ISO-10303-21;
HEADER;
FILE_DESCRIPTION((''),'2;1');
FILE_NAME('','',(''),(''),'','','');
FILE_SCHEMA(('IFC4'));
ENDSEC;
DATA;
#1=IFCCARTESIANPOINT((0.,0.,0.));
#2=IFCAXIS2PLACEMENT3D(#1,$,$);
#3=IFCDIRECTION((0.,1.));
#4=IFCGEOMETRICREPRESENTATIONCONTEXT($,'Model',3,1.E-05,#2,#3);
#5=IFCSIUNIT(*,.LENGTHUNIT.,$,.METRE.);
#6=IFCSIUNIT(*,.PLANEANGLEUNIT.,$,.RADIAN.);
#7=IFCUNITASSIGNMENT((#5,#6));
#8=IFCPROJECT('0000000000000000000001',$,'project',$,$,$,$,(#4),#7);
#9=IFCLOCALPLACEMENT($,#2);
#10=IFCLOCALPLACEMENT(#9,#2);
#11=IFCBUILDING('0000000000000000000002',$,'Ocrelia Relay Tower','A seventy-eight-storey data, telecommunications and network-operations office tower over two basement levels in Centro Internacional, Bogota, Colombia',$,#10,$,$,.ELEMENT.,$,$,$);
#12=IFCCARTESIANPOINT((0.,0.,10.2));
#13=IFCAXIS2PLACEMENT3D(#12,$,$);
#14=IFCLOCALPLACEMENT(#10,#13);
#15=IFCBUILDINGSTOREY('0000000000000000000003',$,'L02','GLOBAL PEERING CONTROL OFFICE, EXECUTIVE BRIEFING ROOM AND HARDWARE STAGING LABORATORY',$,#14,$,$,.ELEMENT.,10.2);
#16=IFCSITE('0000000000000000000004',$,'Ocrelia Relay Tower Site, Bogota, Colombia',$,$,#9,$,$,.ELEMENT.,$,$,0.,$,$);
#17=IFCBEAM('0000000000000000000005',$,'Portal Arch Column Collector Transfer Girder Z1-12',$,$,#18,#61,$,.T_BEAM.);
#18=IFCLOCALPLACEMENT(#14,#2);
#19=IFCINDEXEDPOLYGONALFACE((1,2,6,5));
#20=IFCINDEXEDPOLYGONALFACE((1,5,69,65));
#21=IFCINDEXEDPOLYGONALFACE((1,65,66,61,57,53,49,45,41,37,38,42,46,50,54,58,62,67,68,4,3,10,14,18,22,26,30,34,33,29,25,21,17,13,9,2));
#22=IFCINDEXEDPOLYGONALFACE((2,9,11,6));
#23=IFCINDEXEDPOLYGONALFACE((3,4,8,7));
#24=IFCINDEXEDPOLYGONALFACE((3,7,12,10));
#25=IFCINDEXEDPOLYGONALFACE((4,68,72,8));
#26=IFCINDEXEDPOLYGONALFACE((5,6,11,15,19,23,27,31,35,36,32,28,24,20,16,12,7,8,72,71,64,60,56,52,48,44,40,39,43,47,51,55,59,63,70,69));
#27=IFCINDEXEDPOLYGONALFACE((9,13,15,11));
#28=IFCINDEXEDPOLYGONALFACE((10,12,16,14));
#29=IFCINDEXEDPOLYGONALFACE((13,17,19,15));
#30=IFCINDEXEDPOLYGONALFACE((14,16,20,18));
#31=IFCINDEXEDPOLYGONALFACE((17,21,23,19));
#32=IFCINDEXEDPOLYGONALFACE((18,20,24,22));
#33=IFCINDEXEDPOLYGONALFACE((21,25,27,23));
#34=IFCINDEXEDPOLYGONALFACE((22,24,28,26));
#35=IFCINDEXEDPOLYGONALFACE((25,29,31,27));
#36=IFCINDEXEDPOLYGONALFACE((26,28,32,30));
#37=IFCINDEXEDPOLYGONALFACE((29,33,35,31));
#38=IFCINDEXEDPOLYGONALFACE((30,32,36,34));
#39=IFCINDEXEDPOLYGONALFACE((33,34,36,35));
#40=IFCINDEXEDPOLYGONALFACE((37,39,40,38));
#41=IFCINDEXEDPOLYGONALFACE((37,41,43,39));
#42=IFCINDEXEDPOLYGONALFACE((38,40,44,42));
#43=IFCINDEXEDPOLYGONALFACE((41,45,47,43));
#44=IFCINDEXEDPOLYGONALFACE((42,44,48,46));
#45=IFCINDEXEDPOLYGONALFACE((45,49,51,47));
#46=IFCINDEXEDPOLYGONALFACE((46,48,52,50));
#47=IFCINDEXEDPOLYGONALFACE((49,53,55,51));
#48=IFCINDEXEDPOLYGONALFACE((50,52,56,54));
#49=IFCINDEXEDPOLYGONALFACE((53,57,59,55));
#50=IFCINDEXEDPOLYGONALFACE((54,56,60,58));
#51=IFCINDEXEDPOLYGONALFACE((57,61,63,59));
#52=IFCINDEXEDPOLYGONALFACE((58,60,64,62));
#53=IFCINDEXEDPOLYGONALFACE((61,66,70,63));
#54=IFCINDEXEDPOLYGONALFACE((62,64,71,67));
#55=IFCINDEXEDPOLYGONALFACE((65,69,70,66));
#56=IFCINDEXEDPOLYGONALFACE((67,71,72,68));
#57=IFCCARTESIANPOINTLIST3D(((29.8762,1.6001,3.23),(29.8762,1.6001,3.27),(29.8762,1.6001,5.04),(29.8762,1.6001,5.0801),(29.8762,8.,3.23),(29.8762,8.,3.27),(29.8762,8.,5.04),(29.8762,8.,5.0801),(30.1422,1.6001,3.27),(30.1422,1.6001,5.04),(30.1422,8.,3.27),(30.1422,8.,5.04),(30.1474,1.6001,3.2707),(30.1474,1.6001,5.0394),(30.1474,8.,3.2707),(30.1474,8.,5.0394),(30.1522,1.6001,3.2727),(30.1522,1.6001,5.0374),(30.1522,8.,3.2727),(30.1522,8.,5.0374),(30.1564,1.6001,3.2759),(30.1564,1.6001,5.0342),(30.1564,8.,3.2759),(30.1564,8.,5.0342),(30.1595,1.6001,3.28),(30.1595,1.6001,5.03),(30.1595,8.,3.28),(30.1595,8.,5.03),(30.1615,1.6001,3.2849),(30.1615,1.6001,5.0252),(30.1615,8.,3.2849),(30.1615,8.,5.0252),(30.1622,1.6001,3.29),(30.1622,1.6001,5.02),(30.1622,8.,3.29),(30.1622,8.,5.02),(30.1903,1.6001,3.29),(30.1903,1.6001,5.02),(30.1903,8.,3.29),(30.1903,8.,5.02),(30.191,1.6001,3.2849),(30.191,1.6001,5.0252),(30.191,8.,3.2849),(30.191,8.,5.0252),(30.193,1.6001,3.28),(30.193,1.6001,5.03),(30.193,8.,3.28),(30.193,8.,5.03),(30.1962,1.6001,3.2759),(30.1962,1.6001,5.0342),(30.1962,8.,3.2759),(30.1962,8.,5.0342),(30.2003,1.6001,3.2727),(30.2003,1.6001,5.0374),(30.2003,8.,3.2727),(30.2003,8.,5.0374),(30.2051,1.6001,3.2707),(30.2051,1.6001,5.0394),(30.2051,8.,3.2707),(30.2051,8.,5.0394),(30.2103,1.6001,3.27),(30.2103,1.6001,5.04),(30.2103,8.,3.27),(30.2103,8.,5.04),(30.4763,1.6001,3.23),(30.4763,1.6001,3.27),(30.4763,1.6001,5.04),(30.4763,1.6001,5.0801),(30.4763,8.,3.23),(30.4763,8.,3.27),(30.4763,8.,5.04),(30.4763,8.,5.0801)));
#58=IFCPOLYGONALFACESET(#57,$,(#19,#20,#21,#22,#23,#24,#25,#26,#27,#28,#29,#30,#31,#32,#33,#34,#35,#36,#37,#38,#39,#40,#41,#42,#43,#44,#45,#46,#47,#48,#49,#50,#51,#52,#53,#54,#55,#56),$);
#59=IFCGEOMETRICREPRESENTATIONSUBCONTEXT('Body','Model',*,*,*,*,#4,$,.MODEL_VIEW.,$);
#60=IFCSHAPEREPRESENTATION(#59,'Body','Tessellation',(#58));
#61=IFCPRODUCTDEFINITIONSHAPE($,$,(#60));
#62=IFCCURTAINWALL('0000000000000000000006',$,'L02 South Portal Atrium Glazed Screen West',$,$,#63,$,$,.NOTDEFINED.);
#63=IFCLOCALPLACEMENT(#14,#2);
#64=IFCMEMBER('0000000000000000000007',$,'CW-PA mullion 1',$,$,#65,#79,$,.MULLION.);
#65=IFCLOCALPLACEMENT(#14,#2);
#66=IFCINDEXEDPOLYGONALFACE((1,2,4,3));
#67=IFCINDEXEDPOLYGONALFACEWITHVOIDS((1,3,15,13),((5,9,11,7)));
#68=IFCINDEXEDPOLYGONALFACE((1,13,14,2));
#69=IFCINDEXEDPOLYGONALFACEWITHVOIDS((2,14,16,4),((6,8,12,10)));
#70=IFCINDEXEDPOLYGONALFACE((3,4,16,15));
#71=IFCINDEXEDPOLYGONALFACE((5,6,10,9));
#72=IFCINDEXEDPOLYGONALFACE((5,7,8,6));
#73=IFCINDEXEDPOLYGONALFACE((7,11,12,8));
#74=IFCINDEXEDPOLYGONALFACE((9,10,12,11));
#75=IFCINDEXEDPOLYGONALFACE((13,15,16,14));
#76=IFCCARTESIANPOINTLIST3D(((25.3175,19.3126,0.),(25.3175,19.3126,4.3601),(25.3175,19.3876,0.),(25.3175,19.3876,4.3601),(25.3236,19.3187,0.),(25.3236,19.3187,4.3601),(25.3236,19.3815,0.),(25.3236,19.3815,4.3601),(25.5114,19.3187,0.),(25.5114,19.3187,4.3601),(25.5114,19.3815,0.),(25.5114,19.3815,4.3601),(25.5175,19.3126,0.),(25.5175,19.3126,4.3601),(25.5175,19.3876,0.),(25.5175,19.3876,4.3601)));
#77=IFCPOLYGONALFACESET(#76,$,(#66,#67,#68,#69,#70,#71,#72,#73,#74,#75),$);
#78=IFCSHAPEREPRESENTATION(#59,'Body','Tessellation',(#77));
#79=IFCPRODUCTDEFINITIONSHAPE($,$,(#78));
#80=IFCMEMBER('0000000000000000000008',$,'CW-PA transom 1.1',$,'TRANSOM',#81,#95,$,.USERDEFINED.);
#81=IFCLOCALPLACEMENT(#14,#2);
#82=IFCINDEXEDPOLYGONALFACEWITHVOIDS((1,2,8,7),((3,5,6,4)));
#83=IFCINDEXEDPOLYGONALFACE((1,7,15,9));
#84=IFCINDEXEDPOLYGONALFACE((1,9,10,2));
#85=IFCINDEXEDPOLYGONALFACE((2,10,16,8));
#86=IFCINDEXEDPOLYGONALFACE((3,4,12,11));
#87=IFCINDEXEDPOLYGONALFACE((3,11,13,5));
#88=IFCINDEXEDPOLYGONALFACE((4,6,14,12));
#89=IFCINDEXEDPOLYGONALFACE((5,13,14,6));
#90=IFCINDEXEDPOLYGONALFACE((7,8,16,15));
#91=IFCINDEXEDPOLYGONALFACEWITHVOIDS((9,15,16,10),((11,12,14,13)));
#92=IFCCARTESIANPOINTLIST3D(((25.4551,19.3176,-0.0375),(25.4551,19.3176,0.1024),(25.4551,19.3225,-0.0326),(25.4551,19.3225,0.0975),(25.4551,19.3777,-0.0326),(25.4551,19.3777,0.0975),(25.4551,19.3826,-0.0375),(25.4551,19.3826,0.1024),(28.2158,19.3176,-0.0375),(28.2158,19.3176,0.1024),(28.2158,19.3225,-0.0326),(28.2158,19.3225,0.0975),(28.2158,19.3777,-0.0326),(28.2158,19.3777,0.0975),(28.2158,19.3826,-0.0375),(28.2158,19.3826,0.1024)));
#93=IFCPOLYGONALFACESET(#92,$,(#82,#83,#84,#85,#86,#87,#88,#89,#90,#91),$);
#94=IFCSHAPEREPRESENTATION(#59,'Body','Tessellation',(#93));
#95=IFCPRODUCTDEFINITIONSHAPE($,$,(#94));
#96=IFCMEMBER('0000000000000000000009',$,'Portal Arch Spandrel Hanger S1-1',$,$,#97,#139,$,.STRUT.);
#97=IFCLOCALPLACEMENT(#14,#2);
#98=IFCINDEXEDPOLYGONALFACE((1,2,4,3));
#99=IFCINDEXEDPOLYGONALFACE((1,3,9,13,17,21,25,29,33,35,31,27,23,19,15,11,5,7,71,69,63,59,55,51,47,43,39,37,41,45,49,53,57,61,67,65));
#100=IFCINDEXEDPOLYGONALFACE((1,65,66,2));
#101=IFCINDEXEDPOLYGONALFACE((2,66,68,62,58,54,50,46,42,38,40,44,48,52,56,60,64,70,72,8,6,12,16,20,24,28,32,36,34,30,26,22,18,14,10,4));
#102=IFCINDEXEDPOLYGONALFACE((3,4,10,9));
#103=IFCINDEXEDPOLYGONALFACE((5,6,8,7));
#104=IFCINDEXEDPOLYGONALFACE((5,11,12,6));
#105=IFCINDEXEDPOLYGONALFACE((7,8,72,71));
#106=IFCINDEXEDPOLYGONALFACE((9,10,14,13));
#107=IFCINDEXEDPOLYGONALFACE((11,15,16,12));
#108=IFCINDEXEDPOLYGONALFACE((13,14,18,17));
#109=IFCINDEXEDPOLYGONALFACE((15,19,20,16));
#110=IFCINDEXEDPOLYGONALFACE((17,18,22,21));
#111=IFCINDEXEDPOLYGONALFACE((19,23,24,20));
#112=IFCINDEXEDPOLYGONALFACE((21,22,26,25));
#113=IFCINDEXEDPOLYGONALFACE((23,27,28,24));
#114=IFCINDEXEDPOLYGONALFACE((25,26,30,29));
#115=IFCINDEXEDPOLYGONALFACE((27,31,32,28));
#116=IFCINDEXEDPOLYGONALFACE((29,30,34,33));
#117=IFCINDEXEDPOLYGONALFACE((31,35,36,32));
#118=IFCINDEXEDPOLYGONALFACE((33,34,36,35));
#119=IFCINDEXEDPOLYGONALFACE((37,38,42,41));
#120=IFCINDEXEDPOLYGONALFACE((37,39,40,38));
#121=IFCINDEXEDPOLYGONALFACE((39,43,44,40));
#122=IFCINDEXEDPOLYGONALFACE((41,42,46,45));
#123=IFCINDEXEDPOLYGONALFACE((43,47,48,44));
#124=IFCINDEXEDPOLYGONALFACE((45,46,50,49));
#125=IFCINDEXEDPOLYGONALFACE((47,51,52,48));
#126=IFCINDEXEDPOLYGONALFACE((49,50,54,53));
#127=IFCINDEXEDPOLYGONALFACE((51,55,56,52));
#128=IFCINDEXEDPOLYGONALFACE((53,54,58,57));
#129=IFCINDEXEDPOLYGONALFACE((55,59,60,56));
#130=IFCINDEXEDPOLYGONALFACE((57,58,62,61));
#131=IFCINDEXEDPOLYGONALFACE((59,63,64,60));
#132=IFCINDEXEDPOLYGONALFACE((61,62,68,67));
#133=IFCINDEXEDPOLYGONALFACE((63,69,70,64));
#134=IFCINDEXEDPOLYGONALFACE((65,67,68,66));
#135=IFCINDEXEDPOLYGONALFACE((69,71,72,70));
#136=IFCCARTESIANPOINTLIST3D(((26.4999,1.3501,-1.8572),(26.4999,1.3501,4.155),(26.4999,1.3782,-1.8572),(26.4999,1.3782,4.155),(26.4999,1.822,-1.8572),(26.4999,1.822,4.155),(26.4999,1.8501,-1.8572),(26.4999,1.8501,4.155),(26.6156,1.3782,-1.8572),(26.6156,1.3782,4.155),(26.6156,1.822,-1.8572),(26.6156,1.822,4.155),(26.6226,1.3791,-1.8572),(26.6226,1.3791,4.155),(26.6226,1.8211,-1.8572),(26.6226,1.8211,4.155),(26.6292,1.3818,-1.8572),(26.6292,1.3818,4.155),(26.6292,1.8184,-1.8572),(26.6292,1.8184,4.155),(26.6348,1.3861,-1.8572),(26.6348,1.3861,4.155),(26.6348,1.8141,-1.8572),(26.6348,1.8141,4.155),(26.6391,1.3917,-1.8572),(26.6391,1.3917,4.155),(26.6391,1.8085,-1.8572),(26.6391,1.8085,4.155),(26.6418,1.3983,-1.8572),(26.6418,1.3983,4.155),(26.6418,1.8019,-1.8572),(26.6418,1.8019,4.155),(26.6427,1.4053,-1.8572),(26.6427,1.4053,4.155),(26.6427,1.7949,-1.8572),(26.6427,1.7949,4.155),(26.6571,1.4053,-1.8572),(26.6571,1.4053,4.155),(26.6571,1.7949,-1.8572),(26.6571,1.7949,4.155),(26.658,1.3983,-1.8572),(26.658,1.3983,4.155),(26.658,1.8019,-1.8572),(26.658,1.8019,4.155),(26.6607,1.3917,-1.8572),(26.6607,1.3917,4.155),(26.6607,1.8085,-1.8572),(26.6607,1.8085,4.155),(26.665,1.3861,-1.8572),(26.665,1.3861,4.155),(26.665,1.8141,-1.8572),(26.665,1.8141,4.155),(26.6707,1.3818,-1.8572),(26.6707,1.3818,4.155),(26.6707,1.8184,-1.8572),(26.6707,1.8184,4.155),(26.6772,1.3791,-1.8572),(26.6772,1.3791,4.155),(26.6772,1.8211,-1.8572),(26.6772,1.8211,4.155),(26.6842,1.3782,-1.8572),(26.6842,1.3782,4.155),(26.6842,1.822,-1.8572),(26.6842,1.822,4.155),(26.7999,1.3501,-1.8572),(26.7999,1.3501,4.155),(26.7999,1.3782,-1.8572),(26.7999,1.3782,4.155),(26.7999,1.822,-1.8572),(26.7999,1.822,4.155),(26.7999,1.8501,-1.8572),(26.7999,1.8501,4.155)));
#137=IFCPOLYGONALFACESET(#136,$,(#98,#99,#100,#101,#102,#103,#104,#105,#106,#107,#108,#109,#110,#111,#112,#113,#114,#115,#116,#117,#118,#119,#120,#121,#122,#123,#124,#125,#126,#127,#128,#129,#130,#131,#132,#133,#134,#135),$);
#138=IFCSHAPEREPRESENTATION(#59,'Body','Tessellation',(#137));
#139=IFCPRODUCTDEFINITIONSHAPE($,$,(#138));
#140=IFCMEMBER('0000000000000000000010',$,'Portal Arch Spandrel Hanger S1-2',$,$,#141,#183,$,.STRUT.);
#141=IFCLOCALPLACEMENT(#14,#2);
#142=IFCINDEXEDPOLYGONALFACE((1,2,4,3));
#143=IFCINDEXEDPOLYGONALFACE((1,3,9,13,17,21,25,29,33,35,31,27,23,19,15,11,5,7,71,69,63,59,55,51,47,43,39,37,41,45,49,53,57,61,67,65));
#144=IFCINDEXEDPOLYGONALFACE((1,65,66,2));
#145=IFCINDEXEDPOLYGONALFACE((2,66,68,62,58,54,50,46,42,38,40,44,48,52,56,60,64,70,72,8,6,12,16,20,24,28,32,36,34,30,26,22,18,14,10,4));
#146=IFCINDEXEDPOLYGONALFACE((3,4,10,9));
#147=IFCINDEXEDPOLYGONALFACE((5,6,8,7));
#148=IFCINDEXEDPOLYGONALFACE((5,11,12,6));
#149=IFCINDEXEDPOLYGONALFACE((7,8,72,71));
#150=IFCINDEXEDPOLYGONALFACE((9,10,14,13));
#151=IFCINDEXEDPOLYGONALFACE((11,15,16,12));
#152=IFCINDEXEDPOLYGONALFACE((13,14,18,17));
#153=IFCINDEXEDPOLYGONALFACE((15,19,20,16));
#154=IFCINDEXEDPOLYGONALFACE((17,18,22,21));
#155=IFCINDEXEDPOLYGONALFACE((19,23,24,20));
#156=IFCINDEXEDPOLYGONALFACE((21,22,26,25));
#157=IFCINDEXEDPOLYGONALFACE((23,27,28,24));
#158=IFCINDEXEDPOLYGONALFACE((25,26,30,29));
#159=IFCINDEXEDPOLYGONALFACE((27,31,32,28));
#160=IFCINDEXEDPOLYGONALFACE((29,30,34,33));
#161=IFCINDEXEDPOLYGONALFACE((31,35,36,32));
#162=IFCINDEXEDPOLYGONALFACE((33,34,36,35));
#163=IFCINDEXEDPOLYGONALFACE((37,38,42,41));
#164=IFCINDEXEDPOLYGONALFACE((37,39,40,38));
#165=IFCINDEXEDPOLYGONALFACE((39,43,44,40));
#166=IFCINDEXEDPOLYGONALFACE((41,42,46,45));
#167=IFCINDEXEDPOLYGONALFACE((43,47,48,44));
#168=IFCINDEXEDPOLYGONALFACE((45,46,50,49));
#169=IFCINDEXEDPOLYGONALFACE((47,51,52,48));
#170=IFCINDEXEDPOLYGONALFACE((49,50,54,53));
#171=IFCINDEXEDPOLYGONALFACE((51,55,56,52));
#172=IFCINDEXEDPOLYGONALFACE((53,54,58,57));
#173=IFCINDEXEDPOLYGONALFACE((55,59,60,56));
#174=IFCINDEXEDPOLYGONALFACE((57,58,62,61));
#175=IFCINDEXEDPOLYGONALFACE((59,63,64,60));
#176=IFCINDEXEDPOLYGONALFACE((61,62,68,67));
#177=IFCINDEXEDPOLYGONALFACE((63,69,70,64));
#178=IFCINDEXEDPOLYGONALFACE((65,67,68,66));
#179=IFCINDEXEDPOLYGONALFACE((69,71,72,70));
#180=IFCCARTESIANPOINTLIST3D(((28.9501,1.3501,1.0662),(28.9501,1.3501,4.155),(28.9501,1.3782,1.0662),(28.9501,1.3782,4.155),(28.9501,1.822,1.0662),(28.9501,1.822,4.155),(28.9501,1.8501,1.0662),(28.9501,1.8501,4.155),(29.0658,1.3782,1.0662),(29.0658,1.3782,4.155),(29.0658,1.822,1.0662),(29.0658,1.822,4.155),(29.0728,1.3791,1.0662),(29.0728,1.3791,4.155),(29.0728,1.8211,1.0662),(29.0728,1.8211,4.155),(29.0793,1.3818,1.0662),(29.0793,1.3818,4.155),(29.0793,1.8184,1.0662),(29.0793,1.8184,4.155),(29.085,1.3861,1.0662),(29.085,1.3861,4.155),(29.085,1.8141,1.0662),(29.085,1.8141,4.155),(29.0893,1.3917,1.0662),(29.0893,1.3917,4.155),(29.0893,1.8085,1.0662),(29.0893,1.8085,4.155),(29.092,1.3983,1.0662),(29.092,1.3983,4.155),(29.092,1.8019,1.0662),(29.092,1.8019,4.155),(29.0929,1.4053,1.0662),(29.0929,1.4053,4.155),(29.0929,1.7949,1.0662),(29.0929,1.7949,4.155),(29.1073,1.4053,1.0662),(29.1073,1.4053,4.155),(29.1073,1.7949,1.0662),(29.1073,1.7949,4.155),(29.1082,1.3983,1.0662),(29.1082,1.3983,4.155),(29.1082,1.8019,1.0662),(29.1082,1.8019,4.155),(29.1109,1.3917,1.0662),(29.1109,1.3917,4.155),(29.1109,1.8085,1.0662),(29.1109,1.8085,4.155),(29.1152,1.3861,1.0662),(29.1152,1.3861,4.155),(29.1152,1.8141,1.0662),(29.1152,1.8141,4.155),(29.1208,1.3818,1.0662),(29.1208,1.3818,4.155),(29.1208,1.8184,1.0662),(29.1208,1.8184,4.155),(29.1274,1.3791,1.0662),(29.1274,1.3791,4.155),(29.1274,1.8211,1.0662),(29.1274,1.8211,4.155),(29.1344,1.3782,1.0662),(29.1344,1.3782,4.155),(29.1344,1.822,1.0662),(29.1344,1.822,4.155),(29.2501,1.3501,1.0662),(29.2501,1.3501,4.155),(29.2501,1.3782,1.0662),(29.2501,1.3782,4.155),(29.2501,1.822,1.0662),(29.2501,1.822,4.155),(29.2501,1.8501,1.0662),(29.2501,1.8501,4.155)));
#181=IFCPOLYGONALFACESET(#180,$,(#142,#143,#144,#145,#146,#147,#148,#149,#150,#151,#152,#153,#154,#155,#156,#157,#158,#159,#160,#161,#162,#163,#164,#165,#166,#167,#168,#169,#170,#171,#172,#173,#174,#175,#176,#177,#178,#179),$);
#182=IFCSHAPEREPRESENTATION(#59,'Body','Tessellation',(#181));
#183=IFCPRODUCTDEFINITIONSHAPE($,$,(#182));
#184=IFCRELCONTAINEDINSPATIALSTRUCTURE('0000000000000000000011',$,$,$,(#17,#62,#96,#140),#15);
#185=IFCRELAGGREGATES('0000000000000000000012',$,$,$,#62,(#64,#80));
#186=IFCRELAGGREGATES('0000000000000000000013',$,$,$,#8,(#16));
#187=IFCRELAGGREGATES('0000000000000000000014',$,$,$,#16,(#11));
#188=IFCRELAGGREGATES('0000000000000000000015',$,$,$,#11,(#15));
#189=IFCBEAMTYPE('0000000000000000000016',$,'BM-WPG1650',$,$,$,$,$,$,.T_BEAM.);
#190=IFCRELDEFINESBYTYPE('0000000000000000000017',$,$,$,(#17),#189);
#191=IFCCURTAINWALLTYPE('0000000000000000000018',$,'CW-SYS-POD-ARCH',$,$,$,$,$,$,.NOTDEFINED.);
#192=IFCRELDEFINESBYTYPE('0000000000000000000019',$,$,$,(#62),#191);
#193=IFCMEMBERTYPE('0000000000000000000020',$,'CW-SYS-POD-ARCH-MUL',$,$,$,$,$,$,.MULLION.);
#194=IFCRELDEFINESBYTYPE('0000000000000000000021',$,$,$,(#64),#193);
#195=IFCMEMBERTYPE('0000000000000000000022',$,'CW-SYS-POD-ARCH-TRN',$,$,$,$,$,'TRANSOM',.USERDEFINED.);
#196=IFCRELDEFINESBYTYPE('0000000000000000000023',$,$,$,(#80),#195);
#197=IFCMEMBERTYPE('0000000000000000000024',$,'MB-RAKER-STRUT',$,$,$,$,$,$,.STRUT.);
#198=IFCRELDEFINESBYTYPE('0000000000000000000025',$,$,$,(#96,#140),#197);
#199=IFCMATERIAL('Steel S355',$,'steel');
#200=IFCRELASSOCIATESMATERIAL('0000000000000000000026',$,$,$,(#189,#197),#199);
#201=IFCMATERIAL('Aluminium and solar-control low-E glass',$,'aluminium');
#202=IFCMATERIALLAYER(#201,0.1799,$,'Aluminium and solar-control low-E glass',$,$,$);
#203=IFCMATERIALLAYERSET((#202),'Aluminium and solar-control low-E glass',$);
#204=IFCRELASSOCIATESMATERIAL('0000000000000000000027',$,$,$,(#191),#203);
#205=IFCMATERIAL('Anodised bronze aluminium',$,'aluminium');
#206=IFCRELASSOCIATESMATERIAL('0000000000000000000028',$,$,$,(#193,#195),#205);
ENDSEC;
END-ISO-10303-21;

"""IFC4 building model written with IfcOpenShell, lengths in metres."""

from ifc_helpers import new_model, si_unit, direction, frame, origin, origin_2d, place, context, subcontext, project, spatial, hollow_rectangle, i_section, extrude, material, layer, layer_set, material_profile, profile_set, type_object, element, aggregate, save


model = new_model("IFC4")

# Units and contexts
model_context = context("Model", 3, precision=1e-05, world=origin(), true_north=direction((0.0, 1.0)))
body_context = subcontext(model_context, "Body", "Model", "MODEL_VIEW")
ifc_project = project(units=[si_unit("LENGTHUNIT", "METRE"), si_unit("PLANEANGLEUNIT", "RADIAN")], contexts=[model_context])

# Site, building, storey
site_placement = place(None, origin())
site = spatial("IfcSite", under=ifc_project, at=site_placement, Name="Ocrelia Relay Tower Site, Bogota, Colombia", CompositionType="ELEMENT", RefElevation=0.0)
building_placement = place(site_placement, origin())
building = spatial("IfcBuilding", under=site, at=building_placement, Name="Ocrelia Relay Tower", Description="A seventy-eight-storey data, telecommunications and network-operations office tower over two basement levels in Centro Internacional, Bogota, Colombia", CompositionType="ELEMENT")
storey_placement = place(building_placement, frame((0.0, 0.0, 10.2)))
storey = spatial("IfcBuildingStorey", under=building, at=storey_placement, Name="L02", Description="GLOBAL PEERING CONTROL OFFICE, EXECUTIVE BRIEFING ROOM AND HARDWARE STAGING LABORATORY", CompositionType="ELEMENT", Elevation=10.2)

# Beam
ifc_material_1 = material(Name="Steel S355", Category="steel")
ifc_material_profile_1 = material_profile(ifc_material_1, i_section(OverallWidth=0.6001, OverallDepth=1.8501, WebThickness=0.0281, FlangeThickness=0.04, FilletRadius=0.02, at=origin_2d()), Name="WPG 1850x600")
ifc_profile_set_1 = profile_set([ifc_material_profile_1], Name="Steel S355")
beam_type_1 = type_object("IfcBeamType", Name="BM-WPG1650", PredefinedType="T_BEAM", material=ifc_profile_set_1)
beam_1_placement = place(storey_placement, frame((30.1763, 1.6001, 4.155), z_axis=(0.0, 1.0, 0.0), x_axis=(-1.0, 0.0, 0.0)))
element("IfcBeam", 1, at=beam_1_placement, inside=storey, type_object=beam_type_1, Name="Portal Arch Column Collector Transfer Girder Z1-12", PredefinedType="T_BEAM", context=body_context, shape_type="SweptSolid", body=[
    extrude(i_section(OverallWidth=0.6001, OverallDepth=1.8501, WebThickness=0.0281, FlangeThickness=0.04, FilletRadius=0.02, at=origin_2d()), origin(), (0.0, 0.0, 1.0), 6.3999),
])

# Curtain wall, members
ifc_material_2 = material(Name="Aluminium and solar-control low-E glass", Category="aluminium")
ifc_layer_1 = layer(ifc_material_2, 0.1799, Name="Aluminium and solar-control low-E glass")
ifc_layer_set_1 = layer_set([ifc_layer_1], Name="Aluminium and solar-control low-E glass")
curtain_wall_type = type_object("IfcCurtainWallType", Name="CW-SYS-POD-ARCH", PredefinedType="NOTDEFINED", material=ifc_layer_set_1)
curtain_wall_placement = place(storey_placement, origin())
curtain_wall = element("IfcCurtainWall", 2, at=curtain_wall_placement, inside=storey, type_object=curtain_wall_type, Name="L02 South Portal Atrium Glazed Screen West", PredefinedType="NOTDEFINED")
ifc_material_3 = material(Name="Anodised bronze aluminium", Category="aluminium")
ifc_material_profile_2 = material_profile(ifc_material_3, hollow_rectangle(XDim=0.075, YDim=0.2, WallThickness=0.0061, at=origin_2d()), Name="CW-MUL-200x75")
ifc_profile_set_2 = profile_set([ifc_material_profile_2], Name="Anodised bronze aluminium")
member_type_1 = type_object("IfcMemberType", Name="CW-SYS-POD-ARCH-MUL", PredefinedType="MULLION", material=ifc_profile_set_2)
member_1_placement = place(storey_placement, frame((25.4175, 19.3501, 0.0), z_axis=(0.0, 0.0, 1.0), x_axis=(0.0, 1.0, 0.0)))
member_1 = element("IfcMember", 3, at=member_1_placement, type_object=member_type_1, Name="CW-PA mullion 1", PredefinedType="MULLION", context=body_context, shape_type="SweptSolid", body=[
    extrude(hollow_rectangle(XDim=0.075, YDim=0.2, WallThickness=0.0061, at=origin_2d()), origin(), (0.0, 0.0, 1.0), 4.3601),
])
ifc_material_profile_3 = material_profile(ifc_material_3, hollow_rectangle(XDim=0.0649, YDim=0.1399, WallThickness=0.0049, at=origin_2d()), Name="CW-TRN-140x65")
ifc_profile_set_3 = profile_set([ifc_material_profile_3], Name="Anodised bronze aluminium")
member_type_2 = type_object("IfcMemberType", Name="CW-SYS-POD-ARCH-TRN", ElementType="TRANSOM", PredefinedType="USERDEFINED", material=ifc_profile_set_3)
member_2_placement = place(storey_placement, frame((25.4551, 19.3501, 0.0325), z_axis=(1.0, 0.0, 0.0), x_axis=(0.0, 1.0, 0.0)))
member_2 = element("IfcMember", 4, at=member_2_placement, type_object=member_type_2, Name="CW-PA transom 1.1", ObjectType="TRANSOM", PredefinedType="USERDEFINED", context=body_context, shape_type="SweptSolid", body=[
    extrude(hollow_rectangle(XDim=0.0649, YDim=0.1399, WallThickness=0.0049, at=origin_2d()), origin(), (0.0, 0.0, 1.0), 2.7607),
])
aggregate(curtain_wall, [member_1, member_2])

# Members
ifc_material_profile_4 = material_profile(ifc_material_1, i_section(OverallWidth=0.3, OverallDepth=0.5, WebThickness=0.0144, FlangeThickness=0.0281, FilletRadius=0.0271, at=origin_2d()), Name="HEB 500")
ifc_profile_set_4 = profile_set([ifc_material_profile_4], Name="Steel S355")
member_type_3 = type_object("IfcMemberType", Name="MB-RAKER-STRUT", PredefinedType="STRUT", material=ifc_profile_set_4)
member_3_placement = place(storey_placement, frame((26.6499, 1.6001, -1.8572), z_axis=(0.0, 0.0, 1.0), x_axis=(1.0, 0.0, 0.0)))
element("IfcMember", 5, at=member_3_placement, inside=storey, type_object=member_type_3, Name="Portal Arch Spandrel Hanger S1-1", PredefinedType="STRUT", context=body_context, shape_type="SweptSolid", body=[
    extrude(i_section(OverallWidth=0.3, OverallDepth=0.5, WebThickness=0.0144, FlangeThickness=0.0281, FilletRadius=0.0271, at=origin_2d()), origin(), (0.0, 0.0, 1.0), 6.0122),
])
member_4_placement = place(storey_placement, frame((29.1001, 1.6001, 1.0662), z_axis=(0.0, 0.0, 1.0), x_axis=(1.0, 0.0, 0.0)))
element("IfcMember", 6, at=member_4_placement, inside=storey, type_object=member_type_3, Name="Portal Arch Spandrel Hanger S1-2", PredefinedType="STRUT", context=body_context, shape_type="SweptSolid", body=[
    extrude(i_section(OverallWidth=0.3, OverallDepth=0.5, WebThickness=0.0144, FlangeThickness=0.0281, FilletRadius=0.0271, at=origin_2d()), origin(), (0.0, 0.0, 1.0), 3.0889),
])

save(model, "model.ifc")
